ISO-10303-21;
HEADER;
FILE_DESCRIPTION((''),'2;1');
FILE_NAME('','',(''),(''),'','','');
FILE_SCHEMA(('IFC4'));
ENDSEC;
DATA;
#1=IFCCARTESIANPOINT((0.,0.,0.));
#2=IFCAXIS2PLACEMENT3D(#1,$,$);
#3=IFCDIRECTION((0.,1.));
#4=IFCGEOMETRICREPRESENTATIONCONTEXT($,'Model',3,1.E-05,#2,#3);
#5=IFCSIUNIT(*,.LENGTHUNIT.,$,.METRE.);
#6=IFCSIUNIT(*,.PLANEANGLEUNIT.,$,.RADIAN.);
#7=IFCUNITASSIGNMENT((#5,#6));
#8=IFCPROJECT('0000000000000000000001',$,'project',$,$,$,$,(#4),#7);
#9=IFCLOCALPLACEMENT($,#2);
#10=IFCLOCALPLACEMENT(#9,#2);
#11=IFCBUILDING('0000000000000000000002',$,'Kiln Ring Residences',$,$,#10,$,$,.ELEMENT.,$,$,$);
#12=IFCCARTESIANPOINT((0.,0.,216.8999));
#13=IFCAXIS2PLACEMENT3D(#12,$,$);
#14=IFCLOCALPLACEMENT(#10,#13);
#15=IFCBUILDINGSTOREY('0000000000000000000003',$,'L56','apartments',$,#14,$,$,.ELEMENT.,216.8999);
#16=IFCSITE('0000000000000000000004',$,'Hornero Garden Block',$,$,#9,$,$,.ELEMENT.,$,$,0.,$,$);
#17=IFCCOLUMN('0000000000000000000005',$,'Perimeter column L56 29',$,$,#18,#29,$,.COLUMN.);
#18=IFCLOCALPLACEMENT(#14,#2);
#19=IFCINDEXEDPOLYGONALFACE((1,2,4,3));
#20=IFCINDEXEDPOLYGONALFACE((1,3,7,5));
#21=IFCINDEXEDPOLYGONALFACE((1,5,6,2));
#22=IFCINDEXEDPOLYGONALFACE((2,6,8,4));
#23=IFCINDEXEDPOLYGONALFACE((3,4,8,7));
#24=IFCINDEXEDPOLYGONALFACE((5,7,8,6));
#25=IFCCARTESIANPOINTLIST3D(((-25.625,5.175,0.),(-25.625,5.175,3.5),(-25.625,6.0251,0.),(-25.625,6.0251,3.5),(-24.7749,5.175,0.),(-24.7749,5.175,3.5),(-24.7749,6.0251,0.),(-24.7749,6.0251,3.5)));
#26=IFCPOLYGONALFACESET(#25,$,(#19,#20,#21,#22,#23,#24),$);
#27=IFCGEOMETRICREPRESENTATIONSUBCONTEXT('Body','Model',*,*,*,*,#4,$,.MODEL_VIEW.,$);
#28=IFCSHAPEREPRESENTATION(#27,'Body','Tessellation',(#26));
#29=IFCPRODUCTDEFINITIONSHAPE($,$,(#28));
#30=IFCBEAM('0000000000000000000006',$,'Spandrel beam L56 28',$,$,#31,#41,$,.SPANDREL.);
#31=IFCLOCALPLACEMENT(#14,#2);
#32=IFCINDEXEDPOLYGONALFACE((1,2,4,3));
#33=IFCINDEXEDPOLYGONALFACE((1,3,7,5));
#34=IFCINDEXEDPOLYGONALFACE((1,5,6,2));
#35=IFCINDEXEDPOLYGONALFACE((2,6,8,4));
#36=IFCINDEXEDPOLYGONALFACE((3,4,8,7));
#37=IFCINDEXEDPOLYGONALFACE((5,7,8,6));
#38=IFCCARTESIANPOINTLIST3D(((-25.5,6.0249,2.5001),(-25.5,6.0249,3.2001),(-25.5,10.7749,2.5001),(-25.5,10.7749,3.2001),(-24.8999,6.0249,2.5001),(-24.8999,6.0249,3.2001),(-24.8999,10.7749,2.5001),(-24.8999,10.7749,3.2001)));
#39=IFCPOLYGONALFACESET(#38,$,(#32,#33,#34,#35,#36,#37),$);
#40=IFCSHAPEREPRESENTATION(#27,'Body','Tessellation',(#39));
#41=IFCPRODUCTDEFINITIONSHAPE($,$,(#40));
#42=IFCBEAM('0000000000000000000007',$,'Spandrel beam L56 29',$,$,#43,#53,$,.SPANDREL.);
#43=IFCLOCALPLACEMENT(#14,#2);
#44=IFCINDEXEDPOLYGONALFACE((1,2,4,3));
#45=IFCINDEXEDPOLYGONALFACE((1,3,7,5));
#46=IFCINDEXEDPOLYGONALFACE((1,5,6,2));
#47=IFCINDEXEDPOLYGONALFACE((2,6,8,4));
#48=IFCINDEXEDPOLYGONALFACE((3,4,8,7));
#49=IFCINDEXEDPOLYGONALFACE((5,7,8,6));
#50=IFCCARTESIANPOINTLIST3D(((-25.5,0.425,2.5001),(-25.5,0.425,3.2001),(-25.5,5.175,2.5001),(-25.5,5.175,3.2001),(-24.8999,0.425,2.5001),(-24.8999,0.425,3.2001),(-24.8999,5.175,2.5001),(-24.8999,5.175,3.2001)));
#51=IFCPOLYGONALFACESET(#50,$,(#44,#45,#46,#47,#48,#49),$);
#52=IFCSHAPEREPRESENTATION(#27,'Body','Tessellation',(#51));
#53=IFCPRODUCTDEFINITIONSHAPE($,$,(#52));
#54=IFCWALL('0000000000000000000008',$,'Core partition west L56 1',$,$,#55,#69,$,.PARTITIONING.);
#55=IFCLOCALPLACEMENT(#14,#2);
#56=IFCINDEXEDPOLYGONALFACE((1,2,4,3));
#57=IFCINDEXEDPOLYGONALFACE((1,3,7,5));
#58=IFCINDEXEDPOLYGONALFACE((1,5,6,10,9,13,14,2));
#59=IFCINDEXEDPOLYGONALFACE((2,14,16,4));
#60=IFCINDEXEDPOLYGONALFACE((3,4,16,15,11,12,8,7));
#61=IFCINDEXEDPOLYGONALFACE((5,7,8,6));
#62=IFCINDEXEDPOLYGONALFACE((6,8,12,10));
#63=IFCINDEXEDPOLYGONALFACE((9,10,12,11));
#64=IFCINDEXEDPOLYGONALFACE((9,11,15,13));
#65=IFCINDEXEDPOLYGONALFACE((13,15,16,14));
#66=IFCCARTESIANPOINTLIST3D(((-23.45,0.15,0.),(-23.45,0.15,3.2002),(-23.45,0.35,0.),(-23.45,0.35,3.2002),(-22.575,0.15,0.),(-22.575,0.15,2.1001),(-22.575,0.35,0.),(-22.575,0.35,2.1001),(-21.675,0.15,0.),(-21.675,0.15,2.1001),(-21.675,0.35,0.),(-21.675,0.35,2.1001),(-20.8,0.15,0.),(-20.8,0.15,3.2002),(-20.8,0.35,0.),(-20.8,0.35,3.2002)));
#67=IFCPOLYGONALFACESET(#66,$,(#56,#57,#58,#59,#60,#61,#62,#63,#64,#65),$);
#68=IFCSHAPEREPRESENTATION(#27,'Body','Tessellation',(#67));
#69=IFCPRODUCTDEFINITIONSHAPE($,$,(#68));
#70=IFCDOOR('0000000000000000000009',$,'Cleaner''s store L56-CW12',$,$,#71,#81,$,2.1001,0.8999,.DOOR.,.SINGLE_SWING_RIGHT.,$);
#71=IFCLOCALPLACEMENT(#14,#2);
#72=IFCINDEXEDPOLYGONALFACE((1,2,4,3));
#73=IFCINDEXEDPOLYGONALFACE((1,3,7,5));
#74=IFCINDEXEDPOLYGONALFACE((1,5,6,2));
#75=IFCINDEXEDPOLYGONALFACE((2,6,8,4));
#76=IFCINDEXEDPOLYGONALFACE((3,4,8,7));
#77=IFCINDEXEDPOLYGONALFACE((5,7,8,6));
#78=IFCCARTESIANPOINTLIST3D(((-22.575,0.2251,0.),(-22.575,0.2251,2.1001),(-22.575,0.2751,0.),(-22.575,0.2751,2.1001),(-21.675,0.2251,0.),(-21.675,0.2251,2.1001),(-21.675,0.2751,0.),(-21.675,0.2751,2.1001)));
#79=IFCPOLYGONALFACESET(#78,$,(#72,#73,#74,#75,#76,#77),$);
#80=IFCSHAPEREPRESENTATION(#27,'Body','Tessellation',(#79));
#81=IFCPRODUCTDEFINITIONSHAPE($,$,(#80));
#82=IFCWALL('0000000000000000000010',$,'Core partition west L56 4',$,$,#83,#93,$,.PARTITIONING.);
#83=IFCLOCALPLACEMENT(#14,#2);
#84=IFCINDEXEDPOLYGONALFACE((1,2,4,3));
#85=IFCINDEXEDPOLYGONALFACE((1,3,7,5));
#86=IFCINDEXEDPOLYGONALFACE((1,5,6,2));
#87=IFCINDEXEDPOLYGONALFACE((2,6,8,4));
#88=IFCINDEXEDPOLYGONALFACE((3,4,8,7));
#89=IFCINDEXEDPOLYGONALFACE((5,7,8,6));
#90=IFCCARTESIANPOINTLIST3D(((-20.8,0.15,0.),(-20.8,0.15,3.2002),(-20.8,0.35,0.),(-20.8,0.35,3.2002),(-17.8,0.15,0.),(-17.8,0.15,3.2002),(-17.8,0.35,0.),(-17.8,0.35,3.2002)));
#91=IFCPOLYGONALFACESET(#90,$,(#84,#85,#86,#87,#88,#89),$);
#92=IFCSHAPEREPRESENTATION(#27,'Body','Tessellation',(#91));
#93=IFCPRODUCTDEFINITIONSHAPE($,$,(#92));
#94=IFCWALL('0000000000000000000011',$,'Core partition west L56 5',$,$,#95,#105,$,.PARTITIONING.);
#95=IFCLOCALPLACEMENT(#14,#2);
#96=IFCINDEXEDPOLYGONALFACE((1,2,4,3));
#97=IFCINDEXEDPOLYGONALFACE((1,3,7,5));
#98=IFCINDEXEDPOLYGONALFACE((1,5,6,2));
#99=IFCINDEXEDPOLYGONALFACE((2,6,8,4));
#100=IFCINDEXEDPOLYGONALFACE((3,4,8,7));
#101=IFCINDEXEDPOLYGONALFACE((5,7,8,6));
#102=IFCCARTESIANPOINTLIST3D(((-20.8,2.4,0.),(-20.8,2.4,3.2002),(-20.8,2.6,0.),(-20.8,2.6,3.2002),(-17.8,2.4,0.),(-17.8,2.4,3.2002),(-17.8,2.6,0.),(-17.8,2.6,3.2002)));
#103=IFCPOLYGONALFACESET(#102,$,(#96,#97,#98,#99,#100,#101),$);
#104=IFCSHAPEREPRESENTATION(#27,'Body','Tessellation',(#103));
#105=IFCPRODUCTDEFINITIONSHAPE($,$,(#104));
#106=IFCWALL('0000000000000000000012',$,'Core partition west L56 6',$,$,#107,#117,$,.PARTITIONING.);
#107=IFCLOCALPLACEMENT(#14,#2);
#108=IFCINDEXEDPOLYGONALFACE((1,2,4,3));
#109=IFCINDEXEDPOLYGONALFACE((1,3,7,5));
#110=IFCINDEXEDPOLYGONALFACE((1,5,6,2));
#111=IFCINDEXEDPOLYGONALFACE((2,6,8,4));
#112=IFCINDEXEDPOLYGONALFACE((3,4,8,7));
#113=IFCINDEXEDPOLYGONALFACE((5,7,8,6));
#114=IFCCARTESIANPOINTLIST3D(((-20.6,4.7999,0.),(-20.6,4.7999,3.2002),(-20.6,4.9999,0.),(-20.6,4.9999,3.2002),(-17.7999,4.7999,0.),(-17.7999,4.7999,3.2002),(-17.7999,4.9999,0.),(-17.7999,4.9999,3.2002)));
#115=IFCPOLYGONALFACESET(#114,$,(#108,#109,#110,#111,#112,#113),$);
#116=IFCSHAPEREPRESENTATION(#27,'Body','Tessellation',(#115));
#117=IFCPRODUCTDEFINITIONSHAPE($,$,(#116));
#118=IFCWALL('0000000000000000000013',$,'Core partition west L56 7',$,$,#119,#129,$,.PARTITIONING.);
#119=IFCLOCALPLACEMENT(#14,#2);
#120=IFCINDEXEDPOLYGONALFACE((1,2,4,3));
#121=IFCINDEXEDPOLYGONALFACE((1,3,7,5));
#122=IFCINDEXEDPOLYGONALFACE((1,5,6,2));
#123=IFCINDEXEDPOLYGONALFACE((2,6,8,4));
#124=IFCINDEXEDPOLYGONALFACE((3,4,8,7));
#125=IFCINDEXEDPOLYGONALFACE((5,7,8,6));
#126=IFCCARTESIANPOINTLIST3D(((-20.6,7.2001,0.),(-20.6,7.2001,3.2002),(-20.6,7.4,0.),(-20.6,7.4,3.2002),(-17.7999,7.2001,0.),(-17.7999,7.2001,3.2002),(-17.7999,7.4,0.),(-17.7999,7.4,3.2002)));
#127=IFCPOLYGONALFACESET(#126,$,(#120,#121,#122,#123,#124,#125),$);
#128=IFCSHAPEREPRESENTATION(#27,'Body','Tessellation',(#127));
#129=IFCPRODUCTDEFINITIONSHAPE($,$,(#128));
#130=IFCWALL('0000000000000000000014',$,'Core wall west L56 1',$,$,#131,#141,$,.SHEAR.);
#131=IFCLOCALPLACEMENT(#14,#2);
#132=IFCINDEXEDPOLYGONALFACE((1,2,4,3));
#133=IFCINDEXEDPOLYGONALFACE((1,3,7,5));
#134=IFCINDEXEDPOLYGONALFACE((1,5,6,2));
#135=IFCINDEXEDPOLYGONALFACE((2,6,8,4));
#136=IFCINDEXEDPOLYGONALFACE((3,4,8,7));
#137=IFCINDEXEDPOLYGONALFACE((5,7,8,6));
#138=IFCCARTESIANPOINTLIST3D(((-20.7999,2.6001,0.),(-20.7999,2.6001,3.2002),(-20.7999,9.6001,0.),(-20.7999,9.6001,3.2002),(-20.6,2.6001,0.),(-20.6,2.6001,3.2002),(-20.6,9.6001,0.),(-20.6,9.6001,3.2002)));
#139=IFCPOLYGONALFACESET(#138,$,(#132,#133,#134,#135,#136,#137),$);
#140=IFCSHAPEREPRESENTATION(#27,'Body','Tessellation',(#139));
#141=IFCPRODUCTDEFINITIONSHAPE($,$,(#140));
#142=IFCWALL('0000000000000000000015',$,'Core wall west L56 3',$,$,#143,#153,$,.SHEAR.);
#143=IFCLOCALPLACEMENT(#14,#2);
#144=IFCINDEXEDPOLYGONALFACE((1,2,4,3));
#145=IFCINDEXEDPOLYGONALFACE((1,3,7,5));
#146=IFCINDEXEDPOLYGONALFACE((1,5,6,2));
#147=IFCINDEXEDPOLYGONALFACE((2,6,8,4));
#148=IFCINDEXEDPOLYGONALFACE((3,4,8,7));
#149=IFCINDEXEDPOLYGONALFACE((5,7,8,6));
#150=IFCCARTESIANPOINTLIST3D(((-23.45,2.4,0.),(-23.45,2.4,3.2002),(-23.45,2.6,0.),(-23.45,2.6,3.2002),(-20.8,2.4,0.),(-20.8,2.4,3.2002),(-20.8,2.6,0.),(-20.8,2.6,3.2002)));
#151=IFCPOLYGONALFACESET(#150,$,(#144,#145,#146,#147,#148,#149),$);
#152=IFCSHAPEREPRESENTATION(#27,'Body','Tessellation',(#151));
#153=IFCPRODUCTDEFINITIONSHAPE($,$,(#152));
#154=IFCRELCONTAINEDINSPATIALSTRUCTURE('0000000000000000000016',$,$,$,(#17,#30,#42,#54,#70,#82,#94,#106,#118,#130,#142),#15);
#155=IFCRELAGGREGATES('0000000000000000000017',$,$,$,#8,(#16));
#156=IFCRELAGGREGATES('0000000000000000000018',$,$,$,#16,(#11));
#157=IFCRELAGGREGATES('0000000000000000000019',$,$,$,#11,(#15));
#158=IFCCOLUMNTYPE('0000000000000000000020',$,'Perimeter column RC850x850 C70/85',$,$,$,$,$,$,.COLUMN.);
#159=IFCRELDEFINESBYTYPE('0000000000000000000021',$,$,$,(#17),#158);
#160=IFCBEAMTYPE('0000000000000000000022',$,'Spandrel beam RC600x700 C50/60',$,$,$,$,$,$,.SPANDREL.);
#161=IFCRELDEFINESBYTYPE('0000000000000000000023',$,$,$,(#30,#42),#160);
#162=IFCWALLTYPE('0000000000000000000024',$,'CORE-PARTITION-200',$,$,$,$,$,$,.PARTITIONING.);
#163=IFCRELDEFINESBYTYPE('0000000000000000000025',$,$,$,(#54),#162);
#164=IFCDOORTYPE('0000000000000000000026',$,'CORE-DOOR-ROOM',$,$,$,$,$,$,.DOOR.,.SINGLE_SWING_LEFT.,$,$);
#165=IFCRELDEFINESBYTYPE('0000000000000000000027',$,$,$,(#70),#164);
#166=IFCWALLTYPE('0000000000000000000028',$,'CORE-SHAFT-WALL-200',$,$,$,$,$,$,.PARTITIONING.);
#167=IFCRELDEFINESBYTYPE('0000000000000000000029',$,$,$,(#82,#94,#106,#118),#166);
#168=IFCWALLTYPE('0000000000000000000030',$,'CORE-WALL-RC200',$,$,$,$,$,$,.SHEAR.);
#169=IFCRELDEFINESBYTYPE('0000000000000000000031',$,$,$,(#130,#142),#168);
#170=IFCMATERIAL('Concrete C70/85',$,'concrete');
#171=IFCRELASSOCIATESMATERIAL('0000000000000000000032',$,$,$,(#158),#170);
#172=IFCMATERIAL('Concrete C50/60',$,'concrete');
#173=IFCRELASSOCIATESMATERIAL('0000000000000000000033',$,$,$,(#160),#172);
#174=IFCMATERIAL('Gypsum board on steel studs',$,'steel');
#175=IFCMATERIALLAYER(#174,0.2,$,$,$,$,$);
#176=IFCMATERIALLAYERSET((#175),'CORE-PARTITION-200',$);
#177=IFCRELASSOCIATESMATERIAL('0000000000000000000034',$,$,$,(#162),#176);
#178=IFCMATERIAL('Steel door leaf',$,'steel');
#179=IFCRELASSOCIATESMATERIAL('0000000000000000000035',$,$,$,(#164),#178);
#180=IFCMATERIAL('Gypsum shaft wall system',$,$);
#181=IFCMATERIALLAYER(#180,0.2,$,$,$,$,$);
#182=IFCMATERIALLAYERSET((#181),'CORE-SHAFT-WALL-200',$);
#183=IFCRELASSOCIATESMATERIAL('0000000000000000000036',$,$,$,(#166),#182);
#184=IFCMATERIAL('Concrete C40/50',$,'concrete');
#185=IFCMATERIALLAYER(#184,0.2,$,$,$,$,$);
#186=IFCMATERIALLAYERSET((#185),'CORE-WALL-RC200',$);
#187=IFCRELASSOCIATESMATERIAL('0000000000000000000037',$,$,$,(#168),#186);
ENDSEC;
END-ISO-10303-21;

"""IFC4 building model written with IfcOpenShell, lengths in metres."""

from ifc_helpers import new_model, si_unit, direction, frame, frame_2d, origin, origin_2d, place, context, subcontext, project, spatial, rectangle, extrude, material, layer, layer_set, material_profile, profile_set, type_object, element, fill, save


model = new_model("IFC4")

# Units and contexts
model_context = context("Model", 3, precision=1e-05, world=origin(), true_north=direction((0.0, 1.0)))
body_context = subcontext(model_context, "Body", "Model", "MODEL_VIEW")
ifc_project = project(units=[si_unit("LENGTHUNIT", "METRE"), si_unit("PLANEANGLEUNIT", "RADIAN")], contexts=[model_context])

# Site, building, storey
site_placement = place(None, origin())
site = spatial("IfcSite", under=ifc_project, at=site_placement, Name="Hornero Garden Block", CompositionType="ELEMENT", RefElevation=0.0)
building_placement = place(site_placement, origin())
building = spatial("IfcBuilding", under=site, at=building_placement, Name="Kiln Ring Residences", CompositionType="ELEMENT")
storey_placement = place(building_placement, frame((0.0, 0.0, 216.8999)))
storey = spatial("IfcBuildingStorey", under=building, at=storey_placement, Name="L56", Description="apartments", CompositionType="ELEMENT", Elevation=216.8999)

# Column
ifc_material_1 = material(Name="Concrete C70/85", Category="concrete")
ifc_material_profile_1 = material_profile(ifc_material_1, rectangle(XDim=0.8501, YDim=0.8501, at=origin_2d()), Name="RC850x850")
ifc_profile_set_1 = profile_set([ifc_material_profile_1], Name="Concrete C70/85")
column_type = type_object("IfcColumnType", Name="Perimeter column RC850x850 C70/85", PredefinedType="COLUMN", material=ifc_profile_set_1)
column_placement = place(storey_placement, frame((-25.2, 5.6001, 0.0), z_axis=(0.0, 0.0, 1.0), x_axis=(1.0, 0.0, 0.0)))
element("IfcColumn", 1, at=column_placement, inside=storey, type_object=column_type, Name="Perimeter column L56 29", PredefinedType="COLUMN", context=body_context, shape_type="SweptSolid", body=[
    extrude(rectangle(XDim=0.8501, YDim=0.8501, at=origin_2d()), origin(), (0.0, 0.0, 1.0), 3.5),
])

# Beams
ifc_material_2 = material(Name="Concrete C50/60", Category="concrete")
ifc_material_profile_2 = material_profile(ifc_material_2, rectangle(XDim=0.6001, YDim=0.7, at=origin_2d()), Name="RC600x700")
ifc_profile_set_2 = profile_set([ifc_material_profile_2], Name="Concrete C50/60")
beam_type = type_object("IfcBeamType", Name="Spandrel beam RC600x700 C50/60", PredefinedType="SPANDREL", material=ifc_profile_set_2)
for number, where, z_axis, x_axis, name in (
    (2, (-25.2, 10.7749, 2.8501), (0.0, -1.0, 0.0), (1.0, 0.0, 0.0), "Spandrel beam L56 28"),
    (3, (-25.2, 5.175, 2.8501), (0.0, -1.0, 0.0), (1.0, 0.0, 0.0), "Spandrel beam L56 29"),
):
    element("IfcBeam", number, at=place(storey_placement, frame(where, z_axis=z_axis, x_axis=x_axis)), inside=storey, type_object=beam_type, Name=name, PredefinedType="SPANDREL", context=body_context, shape_type="SweptSolid", body=[
        extrude(rectangle(XDim=0.6001, YDim=0.7, at=origin_2d()), origin(), (0.0, 0.0, 1.0), 4.75),
    ])

# Wall, opening, door
ifc_material_3 = material(Name="Gypsum board on steel studs", Category="steel")
ifc_layer_1 = layer(ifc_material_3, 0.2)
ifc_layer_set_1 = layer_set([ifc_layer_1], Name="CORE-PARTITION-200")
wall_type_1 = type_object("IfcWallType", Name="CORE-PARTITION-200", PredefinedType="PARTITIONING", material=ifc_layer_set_1)
wall_1_placement = place(storey_placement, frame((-20.8, 0.25, 0.0), z_axis=(0.0, 0.0, 1.0), x_axis=(-1.0, 0.0, 0.0)))
wall_1 = element("IfcWall", 4, at=wall_1_placement, inside=storey, type_object=wall_type_1, Name="Core partition west L56 1", PredefinedType="PARTITIONING", context=body_context, shape_type="SweptSolid", body=[
    extrude(rectangle(XDim=2.6499, YDim=0.2, at=frame_2d((1.325, 0.0))), origin(), (0.0, 0.0, 1.0), 3.2002),
])
opening_1_placement = place(wall_1_placement, frame((0.875, 0.0, 0.0)))
opening_1 = element("IfcOpeningElement", 5, at=opening_1_placement, cuts=wall_1, PredefinedType="OPENING", context=body_context, shape_type="SweptSolid", body=[
    extrude(rectangle(XDim=0.8999, YDim=2.1001, at=frame_2d((0.45, 1.05))), frame((0.0, 0.1099, 0.0), z_axis=(0.0, -1.0, 0.0), x_axis=(1.0, 0.0, 0.0)), (0.0, 0.0, 1.0), 0.22),
])
ifc_material_4 = material(Name="Steel door leaf", Category="steel")
door_type_1 = type_object("IfcDoorType", Name="CORE-DOOR-ROOM", OperationType="SINGLE_SWING_LEFT", PredefinedType="DOOR", material=ifc_material_4)
door_1_placement = place(opening_1_placement, origin())
door_1 = element("IfcDoor", 6, at=door_1_placement, inside=storey, type_object=door_type_1, Name="Cleaner's store L56-CW12", OperationType="SINGLE_SWING_RIGHT", OverallHeight=2.1001, OverallWidth=0.8999, PredefinedType="DOOR", context=body_context, shape_type="SweptSolid", body=[
    extrude(rectangle(XDim=0.8999, YDim=2.1001, at=frame_2d((0.45, 1.05))), frame((0.0, 0.0249, 0.0), z_axis=(0.0, -1.0, 0.0), x_axis=(1.0, 0.0, 0.0)), (0.0, 0.0, 1.0), 0.05),
])
fill(opening_1, door_1)

# Walls
ifc_material_5 = material(Name="Gypsum shaft wall system")
ifc_layer_2 = layer(ifc_material_5, 0.2)
ifc_layer_set_2 = layer_set([ifc_layer_2], Name="CORE-SHAFT-WALL-200")
wall_type_2 = type_object("IfcWallType", Name="CORE-SHAFT-WALL-200", PredefinedType="PARTITIONING", material=ifc_layer_set_2)
for number, where, z_axis, x_axis, name in (
    (7, (-17.8, 0.25, 0.0), (0.0, 0.0, 1.0), (-1.0, 0.0, 0.0), "Core partition west L56 4"),
    (8, (-17.8, 2.5, 0.0), (0.0, 0.0, 1.0), (-1.0, 0.0, 0.0), "Core partition west L56 5"),
):
    element("IfcWall", number, at=place(storey_placement, frame(where, z_axis=z_axis, x_axis=x_axis)), inside=storey, type_object=wall_type_2, Name=name, PredefinedType="PARTITIONING", context=body_context, shape_type="SweptSolid", body=[
        extrude(rectangle(XDim=3.0, YDim=0.2, at=frame_2d((1.5, 0.0))), origin(), (0.0, 0.0, 1.0), 3.2002),
    ])
for number, where, z_axis, x_axis, name in (
    (9, (-17.8, 4.8999, 0.0), (0.0, 0.0, 1.0), (-1.0, 0.0, 0.0), "Core partition west L56 6"),
    (10, (-17.8, 7.3, 0.0), (0.0, 0.0, 1.0), (-1.0, 0.0, 0.0), "Core partition west L56 7"),
):
    element("IfcWall", number, at=place(storey_placement, frame(where, z_axis=z_axis, x_axis=x_axis)), inside=storey, type_object=wall_type_2, Name=name, PredefinedType="PARTITIONING", context=body_context, shape_type="SweptSolid", body=[
        extrude(rectangle(XDim=2.8, YDim=0.2, at=frame_2d((1.3999, 0.0))), origin(), (0.0, 0.0, 1.0), 3.2002),
    ])
ifc_material_6 = material(Name="Concrete C40/50", Category="concrete")
ifc_layer_3 = layer(ifc_material_6, 0.2)
ifc_layer_set_3 = layer_set([ifc_layer_3], Name="CORE-WALL-RC200")
wall_type_3 = type_object("IfcWallType", Name="CORE-WALL-RC200", PredefinedType="SHEAR", material=ifc_layer_set_3)
wall_2_placement = place(storey_placement, frame((-20.7, 2.6001, 0.0), z_axis=(0.0, 0.0, 1.0), x_axis=(0.0, 1.0, 0.0)))
element("IfcWall", 11, at=wall_2_placement, inside=storey, type_object=wall_type_3, Name="Core wall west L56 1", PredefinedType="SHEAR", context=body_context, shape_type="SweptSolid", body=[
    extrude(rectangle(XDim=7.0, YDim=0.2, at=frame_2d((3.5, 0.0))), origin(), (0.0, 0.0, 1.0), 3.2002),
])
wall_3_placement = place(storey_placement, frame((-20.8, 2.5, 0.0), z_axis=(0.0, 0.0, 1.0), x_axis=(-1.0, 0.0, 0.0)))
element("IfcWall", 12, at=wall_3_placement, inside=storey, type_object=wall_type_3, Name="Core wall west L56 3", PredefinedType="SHEAR", context=body_context, shape_type="SweptSolid", body=[
    extrude(rectangle(XDim=2.6499, YDim=0.2, at=frame_2d((1.325, 0.0))), origin(), (0.0, 0.0, 1.0), 3.2002),
])

save(model, "model.ifc")
